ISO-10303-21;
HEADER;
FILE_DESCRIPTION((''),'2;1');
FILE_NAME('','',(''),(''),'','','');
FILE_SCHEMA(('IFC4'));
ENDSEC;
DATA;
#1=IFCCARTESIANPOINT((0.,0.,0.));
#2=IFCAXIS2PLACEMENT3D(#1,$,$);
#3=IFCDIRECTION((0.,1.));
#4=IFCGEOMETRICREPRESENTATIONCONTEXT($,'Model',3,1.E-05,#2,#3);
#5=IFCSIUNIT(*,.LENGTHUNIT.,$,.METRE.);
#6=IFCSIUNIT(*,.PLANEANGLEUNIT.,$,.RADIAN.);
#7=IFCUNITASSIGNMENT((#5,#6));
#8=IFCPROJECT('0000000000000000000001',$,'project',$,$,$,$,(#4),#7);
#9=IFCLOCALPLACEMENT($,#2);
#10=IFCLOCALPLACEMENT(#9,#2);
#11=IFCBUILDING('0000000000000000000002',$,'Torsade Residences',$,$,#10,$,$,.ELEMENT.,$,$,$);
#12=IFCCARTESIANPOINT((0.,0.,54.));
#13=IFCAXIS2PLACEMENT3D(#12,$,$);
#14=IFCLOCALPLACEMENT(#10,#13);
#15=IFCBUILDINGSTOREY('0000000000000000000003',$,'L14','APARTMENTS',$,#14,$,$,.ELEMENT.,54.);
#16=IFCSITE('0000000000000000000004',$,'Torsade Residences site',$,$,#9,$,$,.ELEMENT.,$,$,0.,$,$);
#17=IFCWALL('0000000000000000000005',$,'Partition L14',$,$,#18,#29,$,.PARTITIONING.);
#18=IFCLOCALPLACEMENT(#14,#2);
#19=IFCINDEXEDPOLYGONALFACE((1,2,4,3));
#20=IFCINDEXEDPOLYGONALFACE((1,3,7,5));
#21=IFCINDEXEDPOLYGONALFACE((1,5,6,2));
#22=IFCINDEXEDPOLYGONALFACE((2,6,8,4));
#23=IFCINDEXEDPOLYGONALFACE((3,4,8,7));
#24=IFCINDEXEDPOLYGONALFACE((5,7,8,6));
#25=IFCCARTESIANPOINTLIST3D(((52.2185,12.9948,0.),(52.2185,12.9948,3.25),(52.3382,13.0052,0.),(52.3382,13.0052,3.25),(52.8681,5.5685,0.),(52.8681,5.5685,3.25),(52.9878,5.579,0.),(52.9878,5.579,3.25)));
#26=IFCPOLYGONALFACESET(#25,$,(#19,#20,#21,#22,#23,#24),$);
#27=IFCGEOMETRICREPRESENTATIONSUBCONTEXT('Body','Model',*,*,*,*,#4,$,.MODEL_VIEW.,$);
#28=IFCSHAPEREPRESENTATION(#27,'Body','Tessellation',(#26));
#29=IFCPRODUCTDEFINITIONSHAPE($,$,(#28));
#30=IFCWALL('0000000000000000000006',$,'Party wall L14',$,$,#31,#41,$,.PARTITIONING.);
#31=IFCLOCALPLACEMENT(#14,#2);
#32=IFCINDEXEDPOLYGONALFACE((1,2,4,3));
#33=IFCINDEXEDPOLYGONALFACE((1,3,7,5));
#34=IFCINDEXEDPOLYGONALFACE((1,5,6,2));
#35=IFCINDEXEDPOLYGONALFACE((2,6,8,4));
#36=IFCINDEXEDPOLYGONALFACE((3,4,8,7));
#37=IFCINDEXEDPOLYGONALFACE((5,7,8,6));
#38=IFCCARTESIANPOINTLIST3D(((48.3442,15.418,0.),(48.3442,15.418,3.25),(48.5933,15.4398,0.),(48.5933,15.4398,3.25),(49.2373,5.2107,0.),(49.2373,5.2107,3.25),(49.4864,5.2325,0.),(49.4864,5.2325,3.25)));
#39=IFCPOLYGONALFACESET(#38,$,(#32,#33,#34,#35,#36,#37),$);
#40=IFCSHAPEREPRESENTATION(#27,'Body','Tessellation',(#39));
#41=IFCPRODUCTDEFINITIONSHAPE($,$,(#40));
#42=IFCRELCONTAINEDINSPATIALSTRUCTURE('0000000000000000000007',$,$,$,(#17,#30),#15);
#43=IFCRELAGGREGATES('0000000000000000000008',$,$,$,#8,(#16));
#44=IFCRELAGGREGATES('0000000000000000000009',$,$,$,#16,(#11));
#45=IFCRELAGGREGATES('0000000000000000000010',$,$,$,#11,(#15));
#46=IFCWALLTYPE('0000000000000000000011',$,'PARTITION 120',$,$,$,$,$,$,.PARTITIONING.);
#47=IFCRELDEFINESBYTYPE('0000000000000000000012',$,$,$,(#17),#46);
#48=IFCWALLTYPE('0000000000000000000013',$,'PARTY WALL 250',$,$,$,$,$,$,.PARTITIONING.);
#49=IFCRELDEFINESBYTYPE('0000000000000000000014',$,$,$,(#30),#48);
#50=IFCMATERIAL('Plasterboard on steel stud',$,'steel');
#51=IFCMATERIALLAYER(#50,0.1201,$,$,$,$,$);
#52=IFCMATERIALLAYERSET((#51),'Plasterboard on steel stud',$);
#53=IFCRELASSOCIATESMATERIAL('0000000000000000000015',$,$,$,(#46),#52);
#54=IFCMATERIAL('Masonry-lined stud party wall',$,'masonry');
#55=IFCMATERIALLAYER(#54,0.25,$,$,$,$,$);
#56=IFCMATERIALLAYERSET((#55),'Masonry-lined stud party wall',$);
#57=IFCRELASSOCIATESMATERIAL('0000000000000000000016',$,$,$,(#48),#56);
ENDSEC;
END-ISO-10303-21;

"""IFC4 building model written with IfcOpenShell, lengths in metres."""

from ifc_helpers import new_model, si_unit, direction, frame, frame_2d, origin, place, context, subcontext, project, spatial, rectangle, extrude, material, layer, layer_set, type_object, element, save


model = new_model("IFC4")

# Units and contexts
model_context = context("Model", 3, precision=1e-05, world=origin(), true_north=direction((0.0, 1.0)))
body_context = subcontext(model_context, "Body", "Model", "MODEL_VIEW")
ifc_project = project(units=[si_unit("LENGTHUNIT", "METRE"), si_unit("PLANEANGLEUNIT", "RADIAN")], contexts=[model_context])

# Site, building, storey
site_placement = place(None, origin())
site = spatial("IfcSite", under=ifc_project, at=site_placement, Name="Torsade Residences site", CompositionType="ELEMENT", RefElevation=0.0)
building_placement = place(site_placement, origin())
building = spatial("IfcBuilding", under=site, at=building_placement, Name="Torsade Residences", CompositionType="ELEMENT")
storey_placement = place(building_placement, frame((0.0, 0.0, 54.0)))
storey = spatial("IfcBuildingStorey", under=building, at=storey_placement, Name="L14", Description="APARTMENTS", CompositionType="ELEMENT", Elevation=54.0)

# Shared definitions
ifc_material_1 = material(Name="Plasterboard on steel stud", Category="steel")
ifc_layer_1 = layer(ifc_material_1, 0.1201)
ifc_layer_set_1 = layer_set([ifc_layer_1], Name="Plasterboard on steel stud")
wall_type_1 = type_object("IfcWallType", Name="PARTITION 120", PredefinedType="PARTITIONING", material=ifc_layer_set_1)

# Walls
wall_1_placement = place(storey_placement, frame((52.2783, 13.0, 0.0), z_axis=(0.0, 0.0, 1.0), x_axis=(0.087148, -0.996195, 0.0)))
element("IfcWall", 1, at=wall_1_placement, inside=storey, type_object=wall_type_1, Name="Partition L14", PredefinedType="PARTITIONING", context=body_context, shape_type="SweptSolid", body=[
    extrude(rectangle(XDim=7.4546, YDim=0.1201, at=frame_2d((3.7273, 0.0))), origin(), (0.0, 0.0, 1.0), 3.25),
])
ifc_material_2 = material(Name="Masonry-lined stud party wall", Category="masonry")
ifc_layer_2 = layer(ifc_material_2, 0.25)
ifc_layer_set_2 = layer_set([ifc_layer_2], Name="Masonry-lined stud party wall")
wall_type_2 = type_object("IfcWallType", Name="PARTY WALL 250", PredefinedType="PARTITIONING", material=ifc_layer_set_2)
wall_2_placement = place(storey_placement, frame((49.3618, 5.2217, 0.0), z_axis=(0.0, 0.0, 1.0), x_axis=(-0.08716, 0.996194, 0.0)))
element("IfcWall", 2, at=wall_2_placement, inside=storey, type_object=wall_type_2, Name="Party wall L14", PredefinedType="PARTITIONING", context=body_context, shape_type="SweptSolid", body=[
    extrude(rectangle(XDim=10.2463, YDim=0.25, at=frame_2d((5.123, 0.0))), origin(), (0.0, 0.0, 1.0), 3.25),
])

save(model, "model.ifc")
